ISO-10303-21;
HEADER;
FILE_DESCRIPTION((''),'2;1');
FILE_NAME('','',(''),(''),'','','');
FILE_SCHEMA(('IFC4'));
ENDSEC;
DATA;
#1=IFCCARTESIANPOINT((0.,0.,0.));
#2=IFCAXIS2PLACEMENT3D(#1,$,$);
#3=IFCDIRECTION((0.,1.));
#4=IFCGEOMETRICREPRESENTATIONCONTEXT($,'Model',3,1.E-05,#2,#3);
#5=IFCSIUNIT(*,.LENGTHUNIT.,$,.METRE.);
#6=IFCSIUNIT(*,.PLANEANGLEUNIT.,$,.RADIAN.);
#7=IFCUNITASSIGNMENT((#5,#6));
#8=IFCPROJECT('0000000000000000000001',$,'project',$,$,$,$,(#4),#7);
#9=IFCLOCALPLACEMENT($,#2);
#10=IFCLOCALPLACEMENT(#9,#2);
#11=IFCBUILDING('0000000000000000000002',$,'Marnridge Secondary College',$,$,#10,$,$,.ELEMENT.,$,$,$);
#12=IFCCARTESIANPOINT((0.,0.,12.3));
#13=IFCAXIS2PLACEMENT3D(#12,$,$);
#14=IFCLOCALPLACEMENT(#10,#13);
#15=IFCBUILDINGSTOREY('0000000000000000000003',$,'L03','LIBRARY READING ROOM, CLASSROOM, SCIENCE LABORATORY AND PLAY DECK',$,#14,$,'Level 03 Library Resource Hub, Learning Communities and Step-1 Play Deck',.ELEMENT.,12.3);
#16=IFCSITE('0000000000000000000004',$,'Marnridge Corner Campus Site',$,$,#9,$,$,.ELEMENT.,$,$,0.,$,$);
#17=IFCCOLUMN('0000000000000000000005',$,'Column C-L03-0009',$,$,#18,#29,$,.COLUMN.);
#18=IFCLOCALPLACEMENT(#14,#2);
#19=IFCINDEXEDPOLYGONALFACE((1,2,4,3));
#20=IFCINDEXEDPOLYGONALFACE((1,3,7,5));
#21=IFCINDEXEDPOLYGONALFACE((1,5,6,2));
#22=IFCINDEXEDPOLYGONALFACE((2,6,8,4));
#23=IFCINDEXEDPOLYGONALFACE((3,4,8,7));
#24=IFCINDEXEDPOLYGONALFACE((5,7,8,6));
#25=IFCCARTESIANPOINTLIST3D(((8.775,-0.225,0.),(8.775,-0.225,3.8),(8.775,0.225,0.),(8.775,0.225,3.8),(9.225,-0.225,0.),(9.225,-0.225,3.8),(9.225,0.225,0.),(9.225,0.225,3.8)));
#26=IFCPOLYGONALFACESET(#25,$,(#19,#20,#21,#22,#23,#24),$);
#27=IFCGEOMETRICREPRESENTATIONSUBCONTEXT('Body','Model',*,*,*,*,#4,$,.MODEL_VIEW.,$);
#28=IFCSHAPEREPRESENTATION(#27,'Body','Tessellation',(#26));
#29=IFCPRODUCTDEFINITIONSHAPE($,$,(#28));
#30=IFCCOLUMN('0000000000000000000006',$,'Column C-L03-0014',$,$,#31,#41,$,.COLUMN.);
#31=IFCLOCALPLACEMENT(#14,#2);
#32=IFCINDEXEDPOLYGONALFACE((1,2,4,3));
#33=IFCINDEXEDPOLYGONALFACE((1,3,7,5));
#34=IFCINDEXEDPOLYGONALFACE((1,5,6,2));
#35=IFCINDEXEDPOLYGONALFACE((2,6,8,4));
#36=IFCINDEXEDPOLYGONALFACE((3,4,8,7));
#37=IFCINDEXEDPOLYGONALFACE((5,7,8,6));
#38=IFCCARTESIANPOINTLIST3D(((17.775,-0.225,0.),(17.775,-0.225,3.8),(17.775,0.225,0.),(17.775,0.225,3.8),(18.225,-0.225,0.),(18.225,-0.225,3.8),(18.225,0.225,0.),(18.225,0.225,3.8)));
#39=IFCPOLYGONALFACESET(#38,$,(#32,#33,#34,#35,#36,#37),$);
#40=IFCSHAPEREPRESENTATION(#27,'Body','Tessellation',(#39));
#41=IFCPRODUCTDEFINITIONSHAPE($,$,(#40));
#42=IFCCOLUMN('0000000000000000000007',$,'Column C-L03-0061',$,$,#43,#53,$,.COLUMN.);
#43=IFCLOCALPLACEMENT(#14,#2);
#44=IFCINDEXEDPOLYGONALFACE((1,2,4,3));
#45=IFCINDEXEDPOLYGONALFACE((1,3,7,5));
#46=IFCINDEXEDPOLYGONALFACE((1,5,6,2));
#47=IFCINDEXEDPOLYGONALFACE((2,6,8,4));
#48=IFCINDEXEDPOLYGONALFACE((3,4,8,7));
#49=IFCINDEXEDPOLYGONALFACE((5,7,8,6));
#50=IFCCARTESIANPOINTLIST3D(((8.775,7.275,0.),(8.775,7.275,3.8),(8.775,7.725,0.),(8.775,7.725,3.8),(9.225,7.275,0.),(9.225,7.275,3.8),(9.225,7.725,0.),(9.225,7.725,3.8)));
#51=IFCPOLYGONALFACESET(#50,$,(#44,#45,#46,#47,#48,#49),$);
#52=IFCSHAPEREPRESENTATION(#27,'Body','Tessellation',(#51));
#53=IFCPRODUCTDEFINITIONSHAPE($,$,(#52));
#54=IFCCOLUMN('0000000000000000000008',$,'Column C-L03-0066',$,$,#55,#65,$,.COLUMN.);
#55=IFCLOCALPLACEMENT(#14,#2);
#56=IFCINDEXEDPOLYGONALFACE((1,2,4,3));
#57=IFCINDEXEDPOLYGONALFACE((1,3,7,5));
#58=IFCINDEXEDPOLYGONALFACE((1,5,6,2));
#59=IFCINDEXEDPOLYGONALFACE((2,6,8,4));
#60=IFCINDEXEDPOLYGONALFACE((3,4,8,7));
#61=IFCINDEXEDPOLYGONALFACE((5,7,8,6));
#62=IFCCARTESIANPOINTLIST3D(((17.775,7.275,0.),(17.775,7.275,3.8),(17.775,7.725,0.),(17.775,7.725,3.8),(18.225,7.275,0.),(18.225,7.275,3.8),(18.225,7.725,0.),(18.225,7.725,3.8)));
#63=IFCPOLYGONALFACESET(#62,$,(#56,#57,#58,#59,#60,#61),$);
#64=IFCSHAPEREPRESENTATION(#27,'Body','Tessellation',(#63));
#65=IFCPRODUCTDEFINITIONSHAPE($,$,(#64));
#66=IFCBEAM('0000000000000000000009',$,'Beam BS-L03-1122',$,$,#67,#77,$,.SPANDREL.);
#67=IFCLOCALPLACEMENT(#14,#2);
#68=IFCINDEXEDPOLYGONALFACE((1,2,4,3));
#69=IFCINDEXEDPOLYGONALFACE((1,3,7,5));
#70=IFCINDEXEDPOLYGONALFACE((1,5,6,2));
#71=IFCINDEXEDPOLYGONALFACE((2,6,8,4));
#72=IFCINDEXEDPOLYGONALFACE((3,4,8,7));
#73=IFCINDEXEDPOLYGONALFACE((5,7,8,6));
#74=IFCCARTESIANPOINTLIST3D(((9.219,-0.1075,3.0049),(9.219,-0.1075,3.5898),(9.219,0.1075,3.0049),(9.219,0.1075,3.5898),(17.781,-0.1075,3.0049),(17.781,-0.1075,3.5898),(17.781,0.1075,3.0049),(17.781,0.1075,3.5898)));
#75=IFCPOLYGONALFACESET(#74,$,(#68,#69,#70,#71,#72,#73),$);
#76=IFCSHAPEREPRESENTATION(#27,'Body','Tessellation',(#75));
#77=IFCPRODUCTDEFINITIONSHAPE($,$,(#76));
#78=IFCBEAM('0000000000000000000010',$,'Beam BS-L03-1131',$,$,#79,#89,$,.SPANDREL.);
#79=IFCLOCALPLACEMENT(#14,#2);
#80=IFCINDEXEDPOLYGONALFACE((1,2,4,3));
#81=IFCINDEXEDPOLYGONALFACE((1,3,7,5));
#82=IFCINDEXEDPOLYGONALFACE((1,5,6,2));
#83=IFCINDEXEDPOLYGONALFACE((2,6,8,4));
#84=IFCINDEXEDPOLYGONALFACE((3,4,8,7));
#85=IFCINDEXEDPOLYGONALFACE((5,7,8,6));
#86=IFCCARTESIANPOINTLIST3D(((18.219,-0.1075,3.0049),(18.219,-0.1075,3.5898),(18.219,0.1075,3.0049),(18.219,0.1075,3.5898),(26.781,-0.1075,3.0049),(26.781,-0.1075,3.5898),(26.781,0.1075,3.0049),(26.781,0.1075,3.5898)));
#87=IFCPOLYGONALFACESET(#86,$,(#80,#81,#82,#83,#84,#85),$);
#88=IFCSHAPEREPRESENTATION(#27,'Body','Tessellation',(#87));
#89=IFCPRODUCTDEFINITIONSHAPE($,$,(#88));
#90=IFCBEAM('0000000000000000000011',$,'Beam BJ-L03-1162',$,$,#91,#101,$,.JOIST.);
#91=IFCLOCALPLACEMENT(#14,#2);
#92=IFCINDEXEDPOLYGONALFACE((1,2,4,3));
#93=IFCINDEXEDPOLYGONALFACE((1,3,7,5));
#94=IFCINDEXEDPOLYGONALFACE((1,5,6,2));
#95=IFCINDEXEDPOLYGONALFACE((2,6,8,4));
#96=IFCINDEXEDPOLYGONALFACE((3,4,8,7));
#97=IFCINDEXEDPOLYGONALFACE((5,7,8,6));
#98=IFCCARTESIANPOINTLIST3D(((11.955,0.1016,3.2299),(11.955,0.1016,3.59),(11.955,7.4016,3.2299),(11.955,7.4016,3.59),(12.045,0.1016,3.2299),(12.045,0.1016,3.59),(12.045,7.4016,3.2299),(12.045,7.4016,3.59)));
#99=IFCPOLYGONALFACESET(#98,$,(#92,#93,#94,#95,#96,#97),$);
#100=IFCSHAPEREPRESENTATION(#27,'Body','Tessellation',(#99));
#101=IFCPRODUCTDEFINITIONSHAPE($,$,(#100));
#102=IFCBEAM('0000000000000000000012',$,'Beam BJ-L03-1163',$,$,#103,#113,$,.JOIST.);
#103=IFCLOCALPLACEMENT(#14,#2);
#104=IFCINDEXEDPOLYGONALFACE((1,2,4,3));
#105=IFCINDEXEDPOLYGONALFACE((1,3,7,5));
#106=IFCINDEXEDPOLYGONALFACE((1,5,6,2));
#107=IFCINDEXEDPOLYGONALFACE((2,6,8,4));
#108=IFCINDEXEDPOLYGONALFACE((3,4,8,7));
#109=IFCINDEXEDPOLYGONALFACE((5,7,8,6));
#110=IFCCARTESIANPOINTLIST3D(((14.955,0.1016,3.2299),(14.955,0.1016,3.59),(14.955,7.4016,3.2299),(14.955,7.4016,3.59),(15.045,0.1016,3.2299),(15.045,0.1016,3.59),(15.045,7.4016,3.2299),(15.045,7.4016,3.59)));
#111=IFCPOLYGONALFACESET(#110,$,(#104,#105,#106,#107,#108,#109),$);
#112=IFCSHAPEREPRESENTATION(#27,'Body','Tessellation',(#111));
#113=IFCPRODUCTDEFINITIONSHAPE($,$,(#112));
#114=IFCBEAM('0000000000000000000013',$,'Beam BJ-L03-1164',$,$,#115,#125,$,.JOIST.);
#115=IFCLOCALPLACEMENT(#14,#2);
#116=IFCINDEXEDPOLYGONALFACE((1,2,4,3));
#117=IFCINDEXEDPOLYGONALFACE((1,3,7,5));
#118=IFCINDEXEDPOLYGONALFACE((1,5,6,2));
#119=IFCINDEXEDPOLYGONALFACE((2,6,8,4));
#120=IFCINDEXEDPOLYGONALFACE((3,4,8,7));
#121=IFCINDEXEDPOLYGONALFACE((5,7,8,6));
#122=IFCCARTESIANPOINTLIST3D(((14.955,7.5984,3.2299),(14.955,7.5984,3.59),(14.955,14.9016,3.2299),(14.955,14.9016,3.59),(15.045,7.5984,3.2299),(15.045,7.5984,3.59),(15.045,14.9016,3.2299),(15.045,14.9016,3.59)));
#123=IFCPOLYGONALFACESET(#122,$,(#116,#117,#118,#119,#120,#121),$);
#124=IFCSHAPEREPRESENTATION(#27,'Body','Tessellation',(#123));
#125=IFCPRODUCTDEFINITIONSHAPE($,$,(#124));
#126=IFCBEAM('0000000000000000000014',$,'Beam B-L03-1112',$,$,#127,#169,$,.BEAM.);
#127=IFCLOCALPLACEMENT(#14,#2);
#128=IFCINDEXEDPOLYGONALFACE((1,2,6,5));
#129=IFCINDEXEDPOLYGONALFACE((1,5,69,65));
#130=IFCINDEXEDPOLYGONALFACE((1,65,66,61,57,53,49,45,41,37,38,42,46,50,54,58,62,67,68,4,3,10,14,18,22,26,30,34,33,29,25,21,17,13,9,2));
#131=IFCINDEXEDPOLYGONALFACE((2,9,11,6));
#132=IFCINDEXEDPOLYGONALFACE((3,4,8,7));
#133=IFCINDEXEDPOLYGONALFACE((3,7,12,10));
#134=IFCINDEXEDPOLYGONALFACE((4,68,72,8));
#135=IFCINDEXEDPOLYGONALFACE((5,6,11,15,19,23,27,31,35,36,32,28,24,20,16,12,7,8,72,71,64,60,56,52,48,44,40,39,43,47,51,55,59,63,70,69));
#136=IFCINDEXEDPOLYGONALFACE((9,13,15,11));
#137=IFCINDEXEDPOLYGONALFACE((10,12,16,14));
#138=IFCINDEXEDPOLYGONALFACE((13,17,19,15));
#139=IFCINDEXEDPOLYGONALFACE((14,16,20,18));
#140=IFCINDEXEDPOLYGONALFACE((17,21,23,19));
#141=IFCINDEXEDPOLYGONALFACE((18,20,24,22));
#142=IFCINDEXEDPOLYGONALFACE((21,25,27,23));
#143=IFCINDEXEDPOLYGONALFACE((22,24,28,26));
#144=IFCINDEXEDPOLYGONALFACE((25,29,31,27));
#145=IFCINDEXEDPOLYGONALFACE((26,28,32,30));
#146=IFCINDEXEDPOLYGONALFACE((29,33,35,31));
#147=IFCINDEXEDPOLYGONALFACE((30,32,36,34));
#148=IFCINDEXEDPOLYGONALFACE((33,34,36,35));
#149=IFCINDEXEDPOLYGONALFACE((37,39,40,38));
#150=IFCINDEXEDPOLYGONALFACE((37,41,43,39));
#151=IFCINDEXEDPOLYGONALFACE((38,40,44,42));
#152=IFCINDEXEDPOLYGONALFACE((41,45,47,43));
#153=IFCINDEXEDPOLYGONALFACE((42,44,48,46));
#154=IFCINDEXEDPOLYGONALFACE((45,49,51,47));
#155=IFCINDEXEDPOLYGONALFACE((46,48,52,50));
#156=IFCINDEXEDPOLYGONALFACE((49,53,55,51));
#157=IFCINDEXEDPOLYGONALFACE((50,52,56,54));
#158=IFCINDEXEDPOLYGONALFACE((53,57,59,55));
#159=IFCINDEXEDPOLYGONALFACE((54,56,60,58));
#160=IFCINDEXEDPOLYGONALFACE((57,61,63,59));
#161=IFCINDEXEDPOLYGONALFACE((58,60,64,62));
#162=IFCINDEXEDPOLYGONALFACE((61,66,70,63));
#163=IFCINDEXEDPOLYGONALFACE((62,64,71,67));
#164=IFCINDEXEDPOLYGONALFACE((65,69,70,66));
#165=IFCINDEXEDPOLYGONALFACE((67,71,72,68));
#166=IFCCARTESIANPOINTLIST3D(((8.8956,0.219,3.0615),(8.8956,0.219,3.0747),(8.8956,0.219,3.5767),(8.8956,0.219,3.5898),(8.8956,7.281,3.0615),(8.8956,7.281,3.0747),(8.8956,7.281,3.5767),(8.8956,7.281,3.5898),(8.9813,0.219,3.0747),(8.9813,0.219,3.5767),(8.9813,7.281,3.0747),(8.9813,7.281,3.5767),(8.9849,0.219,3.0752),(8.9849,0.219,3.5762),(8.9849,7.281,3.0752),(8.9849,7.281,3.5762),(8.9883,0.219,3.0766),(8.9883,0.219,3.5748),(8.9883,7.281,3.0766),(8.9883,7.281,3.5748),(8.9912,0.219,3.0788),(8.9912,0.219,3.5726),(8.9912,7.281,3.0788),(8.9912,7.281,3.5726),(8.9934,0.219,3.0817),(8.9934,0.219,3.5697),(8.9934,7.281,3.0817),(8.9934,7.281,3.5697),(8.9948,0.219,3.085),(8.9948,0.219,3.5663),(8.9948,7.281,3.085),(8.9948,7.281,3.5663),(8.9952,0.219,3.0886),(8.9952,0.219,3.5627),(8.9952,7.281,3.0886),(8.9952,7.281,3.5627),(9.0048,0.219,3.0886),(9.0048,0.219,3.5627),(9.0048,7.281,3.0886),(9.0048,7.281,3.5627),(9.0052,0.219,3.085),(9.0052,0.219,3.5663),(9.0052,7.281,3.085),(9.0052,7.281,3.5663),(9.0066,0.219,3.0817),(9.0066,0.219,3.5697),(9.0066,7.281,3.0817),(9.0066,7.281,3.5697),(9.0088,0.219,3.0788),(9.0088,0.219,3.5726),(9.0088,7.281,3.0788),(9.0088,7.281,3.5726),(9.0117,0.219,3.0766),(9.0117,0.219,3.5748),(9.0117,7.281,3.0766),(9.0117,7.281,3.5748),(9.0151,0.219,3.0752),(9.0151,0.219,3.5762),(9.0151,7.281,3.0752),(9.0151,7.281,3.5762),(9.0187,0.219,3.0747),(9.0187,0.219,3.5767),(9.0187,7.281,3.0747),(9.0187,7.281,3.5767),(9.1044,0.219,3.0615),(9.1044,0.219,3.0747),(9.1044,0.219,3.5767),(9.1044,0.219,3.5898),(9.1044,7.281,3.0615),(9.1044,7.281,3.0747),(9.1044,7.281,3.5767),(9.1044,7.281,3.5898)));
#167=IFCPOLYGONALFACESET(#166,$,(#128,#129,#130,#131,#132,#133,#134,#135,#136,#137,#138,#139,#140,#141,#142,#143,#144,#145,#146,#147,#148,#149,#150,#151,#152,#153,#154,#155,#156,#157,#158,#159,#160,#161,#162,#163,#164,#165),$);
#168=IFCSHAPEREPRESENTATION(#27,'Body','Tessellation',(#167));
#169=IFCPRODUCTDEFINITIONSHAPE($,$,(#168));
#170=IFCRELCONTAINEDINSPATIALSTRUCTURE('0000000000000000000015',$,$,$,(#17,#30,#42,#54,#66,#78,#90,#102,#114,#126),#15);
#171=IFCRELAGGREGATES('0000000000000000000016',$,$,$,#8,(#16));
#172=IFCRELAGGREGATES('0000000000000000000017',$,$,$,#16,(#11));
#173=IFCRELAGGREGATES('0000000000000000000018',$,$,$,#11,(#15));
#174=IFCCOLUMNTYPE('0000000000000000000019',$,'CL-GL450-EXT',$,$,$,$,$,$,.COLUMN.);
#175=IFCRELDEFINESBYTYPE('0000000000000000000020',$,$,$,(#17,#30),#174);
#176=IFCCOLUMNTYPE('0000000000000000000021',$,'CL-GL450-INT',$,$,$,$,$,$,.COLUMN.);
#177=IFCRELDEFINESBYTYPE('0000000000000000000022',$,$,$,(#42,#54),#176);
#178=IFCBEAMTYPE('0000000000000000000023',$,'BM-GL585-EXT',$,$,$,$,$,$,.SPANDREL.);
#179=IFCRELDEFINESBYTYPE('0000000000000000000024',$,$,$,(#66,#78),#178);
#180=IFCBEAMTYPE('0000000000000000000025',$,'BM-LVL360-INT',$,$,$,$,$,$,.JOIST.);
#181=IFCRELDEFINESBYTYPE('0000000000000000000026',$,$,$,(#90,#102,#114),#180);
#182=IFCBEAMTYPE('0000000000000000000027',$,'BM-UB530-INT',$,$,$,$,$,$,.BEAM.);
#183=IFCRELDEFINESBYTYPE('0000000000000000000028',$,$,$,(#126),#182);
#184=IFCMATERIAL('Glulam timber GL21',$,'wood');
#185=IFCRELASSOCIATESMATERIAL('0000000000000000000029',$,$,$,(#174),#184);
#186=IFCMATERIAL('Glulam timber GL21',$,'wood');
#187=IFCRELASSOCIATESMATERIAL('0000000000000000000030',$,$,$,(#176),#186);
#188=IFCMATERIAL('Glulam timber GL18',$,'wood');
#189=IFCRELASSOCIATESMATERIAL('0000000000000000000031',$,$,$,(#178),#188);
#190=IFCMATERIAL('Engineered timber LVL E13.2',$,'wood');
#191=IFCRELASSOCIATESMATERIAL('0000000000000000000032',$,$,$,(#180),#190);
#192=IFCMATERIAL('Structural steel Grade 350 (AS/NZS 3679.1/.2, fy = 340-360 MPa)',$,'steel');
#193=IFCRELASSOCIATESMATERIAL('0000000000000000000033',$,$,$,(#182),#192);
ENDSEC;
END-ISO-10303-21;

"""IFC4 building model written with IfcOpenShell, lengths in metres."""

from ifc_helpers import new_model, si_unit, direction, frame, origin, origin_2d, place, context, subcontext, project, spatial, rectangle, i_section, extrude, material, material_profile, profile_set, type_object, element, save


model = new_model("IFC4")

# Units and contexts
model_context = context("Model", 3, precision=1e-05, world=origin(), true_north=direction((0.0, 1.0)))
body_context = subcontext(model_context, "Body", "Model", "MODEL_VIEW")
ifc_project = project(units=[si_unit("LENGTHUNIT", "METRE"), si_unit("PLANEANGLEUNIT", "RADIAN")], contexts=[model_context])

# Site, building, storey
site_placement = place(None, origin())
site = spatial("IfcSite", under=ifc_project, at=site_placement, Name="Marnridge Corner Campus Site", CompositionType="ELEMENT", RefElevation=0.0)
building_placement = place(site_placement, origin())
building = spatial("IfcBuilding", under=site, at=building_placement, Name="Marnridge Secondary College", CompositionType="ELEMENT")
storey_placement = place(building_placement, frame((0.0, 0.0, 12.3)))
storey = spatial("IfcBuildingStorey", under=building, at=storey_placement, Name="L03", Description="LIBRARY READING ROOM, CLASSROOM, SCIENCE LABORATORY AND PLAY DECK", LongName="Level 03 Library Resource Hub, Learning Communities and Step-1 Play Deck", CompositionType="ELEMENT", Elevation=12.3)

# Columns
ifc_material_1 = material(Name="Glulam timber GL21", Category="wood")
ifc_material_profile_1 = material_profile(ifc_material_1, rectangle(XDim=0.45, YDim=0.45, at=origin_2d()), Name="GL21 450x450")
ifc_profile_set_1 = profile_set([ifc_material_profile_1], Name="Glulam timber GL21")
column_type_1 = type_object("IfcColumnType", Name="CL-GL450-EXT", PredefinedType="COLUMN", material=ifc_profile_set_1)
for number, where, z_axis, x_axis, name in (
    (1, (9.0, 0.0, 0.0), (0.0, 0.0, 1.0), (1.0, 0.0, 0.0), "Column C-L03-0009"),
    (2, (18.0, 0.0, 0.0), (0.0, 0.0, 1.0), (1.0, 0.0, 0.0), "Column C-L03-0014"),
):
    element("IfcColumn", number, at=place(storey_placement, frame(where, z_axis=z_axis, x_axis=x_axis)), inside=storey, type_object=column_type_1, Name=name, PredefinedType="COLUMN", context=body_context, shape_type="SweptSolid", body=[
        extrude(rectangle(XDim=0.45, YDim=0.45, at=origin_2d()), origin(), (0.0, 0.0, 1.0), 3.8),
    ])
ifc_material_2 = material(Name="Glulam timber GL21", Category="wood")
ifc_material_profile_2 = material_profile(ifc_material_2, rectangle(XDim=0.45, YDim=0.45, at=origin_2d()), Name="GL21 450x450")
ifc_profile_set_2 = profile_set([ifc_material_profile_2], Name="Glulam timber GL21")
column_type_2 = type_object("IfcColumnType", Name="CL-GL450-INT", PredefinedType="COLUMN", material=ifc_profile_set_2)
for number, where, z_axis, x_axis, name in (
    (3, (9.0, 7.5, 0.0), (0.0, 0.0, 1.0), (1.0, 0.0, 0.0), "Column C-L03-0061"),
    (4, (18.0, 7.5, 0.0), (0.0, 0.0, 1.0), (1.0, 0.0, 0.0), "Column C-L03-0066"),
):
    element("IfcColumn", number, at=place(storey_placement, frame(where, z_axis=z_axis, x_axis=x_axis)), inside=storey, type_object=column_type_2, Name=name, PredefinedType="COLUMN", context=body_context, shape_type="SweptSolid", body=[
        extrude(rectangle(XDim=0.45, YDim=0.45, at=origin_2d()), origin(), (0.0, 0.0, 1.0), 3.8),
    ])

# Beams
ifc_material_3 = material(Name="Glulam timber GL18", Category="wood")
ifc_material_profile_3 = material_profile(ifc_material_3, rectangle(XDim=0.2151, YDim=0.585, at=origin_2d()), Name="GL18 215x585")
ifc_profile_set_3 = profile_set([ifc_material_profile_3], Name="Glulam timber GL18")
beam_type_1 = type_object("IfcBeamType", Name="BM-GL585-EXT", PredefinedType="SPANDREL", material=ifc_profile_set_3)
for number, where, z_axis, x_axis, name in (
    (5, (9.219, 0.0, 3.2974), (1.0, 0.0, 0.0), (0.0, 1.0, 0.0), "Beam BS-L03-1122"),
    (6, (18.219, 0.0, 3.2974), (1.0, 0.0, 0.0), (0.0, 1.0, 0.0), "Beam BS-L03-1131"),
):
    element("IfcBeam", number, at=place(storey_placement, frame(where, z_axis=z_axis, x_axis=x_axis)), inside=storey, type_object=beam_type_1, Name=name, PredefinedType="SPANDREL", context=body_context, shape_type="SweptSolid", body=[
        extrude(rectangle(XDim=0.2151, YDim=0.585, at=origin_2d()), origin(), (0.0, 0.0, 1.0), 8.562),
    ])
ifc_material_4 = material(Name="Engineered timber LVL E13.2", Category="wood")
ifc_material_profile_4 = material_profile(ifc_material_4, rectangle(XDim=0.0901, YDim=0.3601, at=origin_2d()), Name="LVL 90x360")
ifc_profile_set_4 = profile_set([ifc_material_profile_4], Name="Engineered timber LVL E13.2")
beam_type_2 = type_object("IfcBeamType", Name="BM-LVL360-INT", PredefinedType="JOIST", material=ifc_profile_set_4)
for number, where, z_axis, x_axis, name in (
    (7, (12.0, 0.1016, 3.4099), (0.0, 1.0, 0.0), (-1.0, 0.0, 0.0), "Beam BJ-L03-1162"),
    (8, (15.0, 0.1016, 3.4099), (0.0, 1.0, 0.0), (-1.0, 0.0, 0.0), "Beam BJ-L03-1163"),
):
    element("IfcBeam", number, at=place(storey_placement, frame(where, z_axis=z_axis, x_axis=x_axis)), inside=storey, type_object=beam_type_2, Name=name, PredefinedType="JOIST", context=body_context, shape_type="SweptSolid", body=[
        extrude(rectangle(XDim=0.0901, YDim=0.3601, at=origin_2d()), origin(), (0.0, 0.0, 1.0), 7.3),
    ])
beam_1_placement = place(storey_placement, frame((15.0, 7.5984, 3.4099), z_axis=(0.0, 1.0, 0.0), x_axis=(-1.0, 0.0, 0.0)))
element("IfcBeam", 9, at=beam_1_placement, inside=storey, type_object=beam_type_2, Name="Beam BJ-L03-1164", PredefinedType="JOIST", context=body_context, shape_type="SweptSolid", body=[
    extrude(rectangle(XDim=0.0901, YDim=0.3601, at=origin_2d()), origin(), (0.0, 0.0, 1.0), 7.3032),
])
ifc_material_5 = material(Name="Structural steel Grade 350 (AS/NZS 3679.1/.2, fy = 340-360 MPa)", Category="steel")
ifc_material_profile_5 = material_profile(ifc_material_5, i_section(OverallWidth=0.2087, OverallDepth=0.5283, WebThickness=0.0095, FlangeThickness=0.0132, FilletRadius=0.0139, at=origin_2d()), Name="530UB82.0")
ifc_profile_set_5 = profile_set([ifc_material_profile_5], Name="Structural steel Grade 350 (AS/NZS 3679.1/.2, fy = 340-360 MPa)")
beam_type_3 = type_object("IfcBeamType", Name="BM-UB530-INT", PredefinedType="BEAM", material=ifc_profile_set_5)
for number, where, z_axis, x_axis, name in (
    (10, (9.0, 0.219, 3.3257), (0.0, 1.0, 0.0), (-1.0, 0.0, 0.0), "Beam B-L03-1112"),
):
    element("IfcBeam", number, at=place(storey_placement, frame(where, z_axis=z_axis, x_axis=x_axis)), inside=storey, type_object=beam_type_3, Name=name, PredefinedType="BEAM", context=body_context, shape_type="SweptSolid", body=[
        extrude(i_section(OverallWidth=0.2087, OverallDepth=0.5283, WebThickness=0.0095, FlangeThickness=0.0132, FilletRadius=0.0139, at=origin_2d()), origin(), (0.0, 0.0, 1.0), 7.062),
    ])

save(model, "model.ifc")
